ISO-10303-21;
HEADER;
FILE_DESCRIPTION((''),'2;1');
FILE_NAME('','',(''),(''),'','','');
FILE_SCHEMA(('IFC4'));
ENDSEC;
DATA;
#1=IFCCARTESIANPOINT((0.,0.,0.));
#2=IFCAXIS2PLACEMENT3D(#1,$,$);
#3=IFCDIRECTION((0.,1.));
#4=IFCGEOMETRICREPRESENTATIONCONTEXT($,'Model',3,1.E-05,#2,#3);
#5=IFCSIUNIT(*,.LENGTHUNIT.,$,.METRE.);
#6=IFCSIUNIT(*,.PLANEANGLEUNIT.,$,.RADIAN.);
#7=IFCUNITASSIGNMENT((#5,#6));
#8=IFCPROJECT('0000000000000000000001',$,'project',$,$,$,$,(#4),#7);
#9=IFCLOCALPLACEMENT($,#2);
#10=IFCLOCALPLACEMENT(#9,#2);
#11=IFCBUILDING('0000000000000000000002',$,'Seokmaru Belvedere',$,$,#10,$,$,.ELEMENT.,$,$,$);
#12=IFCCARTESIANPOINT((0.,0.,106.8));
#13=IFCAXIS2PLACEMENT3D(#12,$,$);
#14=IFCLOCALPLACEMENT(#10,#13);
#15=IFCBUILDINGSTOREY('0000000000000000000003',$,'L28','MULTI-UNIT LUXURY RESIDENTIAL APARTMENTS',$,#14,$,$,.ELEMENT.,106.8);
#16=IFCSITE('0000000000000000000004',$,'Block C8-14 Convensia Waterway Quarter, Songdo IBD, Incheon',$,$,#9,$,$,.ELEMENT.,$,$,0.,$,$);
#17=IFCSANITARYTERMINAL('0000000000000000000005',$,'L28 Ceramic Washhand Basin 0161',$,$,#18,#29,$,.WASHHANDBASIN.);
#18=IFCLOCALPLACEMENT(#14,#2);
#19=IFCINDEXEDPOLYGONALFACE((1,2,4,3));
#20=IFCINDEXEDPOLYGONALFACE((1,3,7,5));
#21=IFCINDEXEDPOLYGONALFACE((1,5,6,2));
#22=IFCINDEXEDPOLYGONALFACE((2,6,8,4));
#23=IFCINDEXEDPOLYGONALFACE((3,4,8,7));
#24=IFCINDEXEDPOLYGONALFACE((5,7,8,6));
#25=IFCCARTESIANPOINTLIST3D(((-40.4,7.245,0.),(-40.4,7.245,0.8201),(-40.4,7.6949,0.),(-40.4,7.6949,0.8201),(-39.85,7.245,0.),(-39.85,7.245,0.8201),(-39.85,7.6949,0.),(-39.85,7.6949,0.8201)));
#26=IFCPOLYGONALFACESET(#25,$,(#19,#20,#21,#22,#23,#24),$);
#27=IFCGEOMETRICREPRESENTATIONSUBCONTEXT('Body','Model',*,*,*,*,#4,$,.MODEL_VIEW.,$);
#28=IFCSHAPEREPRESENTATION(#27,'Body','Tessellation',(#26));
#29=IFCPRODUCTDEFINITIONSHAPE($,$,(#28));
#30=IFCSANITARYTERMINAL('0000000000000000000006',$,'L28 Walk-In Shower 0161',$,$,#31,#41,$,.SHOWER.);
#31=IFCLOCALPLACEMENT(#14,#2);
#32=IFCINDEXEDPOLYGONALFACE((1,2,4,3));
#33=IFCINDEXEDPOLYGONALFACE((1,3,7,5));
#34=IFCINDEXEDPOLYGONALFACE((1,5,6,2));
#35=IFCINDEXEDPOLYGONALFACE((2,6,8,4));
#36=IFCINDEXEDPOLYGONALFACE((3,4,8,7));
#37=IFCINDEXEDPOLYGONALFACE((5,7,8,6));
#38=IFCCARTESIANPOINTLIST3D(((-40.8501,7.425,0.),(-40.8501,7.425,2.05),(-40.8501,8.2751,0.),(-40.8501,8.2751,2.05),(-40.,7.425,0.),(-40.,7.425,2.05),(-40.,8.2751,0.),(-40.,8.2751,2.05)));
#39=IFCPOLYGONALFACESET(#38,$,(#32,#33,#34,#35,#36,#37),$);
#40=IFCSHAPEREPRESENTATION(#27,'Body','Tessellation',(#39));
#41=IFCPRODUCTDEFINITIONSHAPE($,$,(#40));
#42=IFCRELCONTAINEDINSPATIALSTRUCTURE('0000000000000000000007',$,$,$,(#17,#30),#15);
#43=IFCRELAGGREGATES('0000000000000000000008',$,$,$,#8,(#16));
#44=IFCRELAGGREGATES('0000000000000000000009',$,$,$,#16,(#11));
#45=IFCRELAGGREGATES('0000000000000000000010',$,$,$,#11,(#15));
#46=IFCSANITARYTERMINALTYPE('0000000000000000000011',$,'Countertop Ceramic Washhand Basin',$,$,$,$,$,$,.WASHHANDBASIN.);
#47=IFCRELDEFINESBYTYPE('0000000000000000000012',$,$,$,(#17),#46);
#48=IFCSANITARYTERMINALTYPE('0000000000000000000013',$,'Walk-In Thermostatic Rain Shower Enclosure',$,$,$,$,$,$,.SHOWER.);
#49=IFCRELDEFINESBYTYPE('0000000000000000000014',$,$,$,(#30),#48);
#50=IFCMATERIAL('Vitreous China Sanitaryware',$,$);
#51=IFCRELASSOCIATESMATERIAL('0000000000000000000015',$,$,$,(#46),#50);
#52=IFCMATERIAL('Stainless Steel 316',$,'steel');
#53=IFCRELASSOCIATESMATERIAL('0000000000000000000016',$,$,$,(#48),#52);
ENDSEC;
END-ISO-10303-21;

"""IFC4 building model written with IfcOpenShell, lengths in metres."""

from ifc_helpers import new_model, si_unit, direction, frame, origin, origin_2d, place, context, subcontext, project, spatial, rectangle, extrude, source, transform, mapped, material, type_object, type_shapes, element, save


model = new_model("IFC4")

# Units and contexts
model_context = context("Model", 3, precision=1e-05, world=origin(), true_north=direction((0.0, 1.0)))
body_context = subcontext(model_context, "Body", "Model", "MODEL_VIEW")
ifc_project = project(units=[si_unit("LENGTHUNIT", "METRE"), si_unit("PLANEANGLEUNIT", "RADIAN")], contexts=[model_context])

# Site, building, storey
site_placement = place(None, origin())
site = spatial("IfcSite", under=ifc_project, at=site_placement, Name="Block C8-14 Convensia Waterway Quarter, Songdo IBD, Incheon", CompositionType="ELEMENT", RefElevation=0.0)
building_placement = place(site_placement, origin())
building = spatial("IfcBuilding", under=site, at=building_placement, Name="Seokmaru Belvedere", CompositionType="ELEMENT")
storey_placement = place(building_placement, frame((0.0, 0.0, 106.8)))
storey = spatial("IfcBuildingStorey", under=building, at=storey_placement, Name="L28", Description="MULTI-UNIT LUXURY RESIDENTIAL APARTMENTS", CompositionType="ELEMENT", Elevation=106.8)

# Sanitary terminals
ifc_material_1 = material(Name="Vitreous China Sanitaryware")
sanitary_terminal_type_1 = type_object("IfcSanitaryTerminalType", Name="Countertop Ceramic Washhand Basin", PredefinedType="WASHHANDBASIN", material=ifc_material_1)
shared_shape_1 = source(origin(), body_context, "Body", "SweptSolid", [
    extrude(rectangle(XDim=0.55, YDim=0.45, at=origin_2d()), origin(), (0.0, 0.0, 1.0), 0.8201),
])
type_shapes(sanitary_terminal_type_1, [shared_shape_1])
sanitary_terminal_1_placement = place(storey_placement, frame((-40.125, 7.47, 0.0), z_axis=(0.0, 0.0, 1.0), x_axis=(1.0, 0.0, 0.0)))
element("IfcSanitaryTerminal", 1, at=sanitary_terminal_1_placement, inside=storey, type_object=sanitary_terminal_type_1, Name="L28 Ceramic Washhand Basin 0161", PredefinedType="WASHHANDBASIN", context=body_context, shape_type="MappedRepresentation", body=[
    mapped(shared_shape_1, transform((0.0, 0.0, 0.0), scale=1.0)),
])
ifc_material_2 = material(Name="Stainless Steel 316", Category="steel")
sanitary_terminal_type_2 = type_object("IfcSanitaryTerminalType", Name="Walk-In Thermostatic Rain Shower Enclosure", PredefinedType="SHOWER", material=ifc_material_2)
shared_shape_2 = source(origin(), body_context, "Body", "SweptSolid", [
    extrude(rectangle(XDim=0.8501, YDim=0.8501, at=origin_2d()), origin(), (0.0, 0.0, 1.0), 2.05),
])
type_shapes(sanitary_terminal_type_2, [shared_shape_2])
sanitary_terminal_2_placement = place(storey_placement, frame((-40.425, 7.8501, 0.0), z_axis=(0.0, 0.0, 1.0), x_axis=(1.0, 0.0, 0.0)))
element("IfcSanitaryTerminal", 2, at=sanitary_terminal_2_placement, inside=storey, type_object=sanitary_terminal_type_2, Name="L28 Walk-In Shower 0161", PredefinedType="SHOWER", context=body_context, shape_type="MappedRepresentation", body=[
    mapped(shared_shape_2, transform((0.0, 0.0, 0.0), scale=1.0)),
])

save(model, "model.ifc")
